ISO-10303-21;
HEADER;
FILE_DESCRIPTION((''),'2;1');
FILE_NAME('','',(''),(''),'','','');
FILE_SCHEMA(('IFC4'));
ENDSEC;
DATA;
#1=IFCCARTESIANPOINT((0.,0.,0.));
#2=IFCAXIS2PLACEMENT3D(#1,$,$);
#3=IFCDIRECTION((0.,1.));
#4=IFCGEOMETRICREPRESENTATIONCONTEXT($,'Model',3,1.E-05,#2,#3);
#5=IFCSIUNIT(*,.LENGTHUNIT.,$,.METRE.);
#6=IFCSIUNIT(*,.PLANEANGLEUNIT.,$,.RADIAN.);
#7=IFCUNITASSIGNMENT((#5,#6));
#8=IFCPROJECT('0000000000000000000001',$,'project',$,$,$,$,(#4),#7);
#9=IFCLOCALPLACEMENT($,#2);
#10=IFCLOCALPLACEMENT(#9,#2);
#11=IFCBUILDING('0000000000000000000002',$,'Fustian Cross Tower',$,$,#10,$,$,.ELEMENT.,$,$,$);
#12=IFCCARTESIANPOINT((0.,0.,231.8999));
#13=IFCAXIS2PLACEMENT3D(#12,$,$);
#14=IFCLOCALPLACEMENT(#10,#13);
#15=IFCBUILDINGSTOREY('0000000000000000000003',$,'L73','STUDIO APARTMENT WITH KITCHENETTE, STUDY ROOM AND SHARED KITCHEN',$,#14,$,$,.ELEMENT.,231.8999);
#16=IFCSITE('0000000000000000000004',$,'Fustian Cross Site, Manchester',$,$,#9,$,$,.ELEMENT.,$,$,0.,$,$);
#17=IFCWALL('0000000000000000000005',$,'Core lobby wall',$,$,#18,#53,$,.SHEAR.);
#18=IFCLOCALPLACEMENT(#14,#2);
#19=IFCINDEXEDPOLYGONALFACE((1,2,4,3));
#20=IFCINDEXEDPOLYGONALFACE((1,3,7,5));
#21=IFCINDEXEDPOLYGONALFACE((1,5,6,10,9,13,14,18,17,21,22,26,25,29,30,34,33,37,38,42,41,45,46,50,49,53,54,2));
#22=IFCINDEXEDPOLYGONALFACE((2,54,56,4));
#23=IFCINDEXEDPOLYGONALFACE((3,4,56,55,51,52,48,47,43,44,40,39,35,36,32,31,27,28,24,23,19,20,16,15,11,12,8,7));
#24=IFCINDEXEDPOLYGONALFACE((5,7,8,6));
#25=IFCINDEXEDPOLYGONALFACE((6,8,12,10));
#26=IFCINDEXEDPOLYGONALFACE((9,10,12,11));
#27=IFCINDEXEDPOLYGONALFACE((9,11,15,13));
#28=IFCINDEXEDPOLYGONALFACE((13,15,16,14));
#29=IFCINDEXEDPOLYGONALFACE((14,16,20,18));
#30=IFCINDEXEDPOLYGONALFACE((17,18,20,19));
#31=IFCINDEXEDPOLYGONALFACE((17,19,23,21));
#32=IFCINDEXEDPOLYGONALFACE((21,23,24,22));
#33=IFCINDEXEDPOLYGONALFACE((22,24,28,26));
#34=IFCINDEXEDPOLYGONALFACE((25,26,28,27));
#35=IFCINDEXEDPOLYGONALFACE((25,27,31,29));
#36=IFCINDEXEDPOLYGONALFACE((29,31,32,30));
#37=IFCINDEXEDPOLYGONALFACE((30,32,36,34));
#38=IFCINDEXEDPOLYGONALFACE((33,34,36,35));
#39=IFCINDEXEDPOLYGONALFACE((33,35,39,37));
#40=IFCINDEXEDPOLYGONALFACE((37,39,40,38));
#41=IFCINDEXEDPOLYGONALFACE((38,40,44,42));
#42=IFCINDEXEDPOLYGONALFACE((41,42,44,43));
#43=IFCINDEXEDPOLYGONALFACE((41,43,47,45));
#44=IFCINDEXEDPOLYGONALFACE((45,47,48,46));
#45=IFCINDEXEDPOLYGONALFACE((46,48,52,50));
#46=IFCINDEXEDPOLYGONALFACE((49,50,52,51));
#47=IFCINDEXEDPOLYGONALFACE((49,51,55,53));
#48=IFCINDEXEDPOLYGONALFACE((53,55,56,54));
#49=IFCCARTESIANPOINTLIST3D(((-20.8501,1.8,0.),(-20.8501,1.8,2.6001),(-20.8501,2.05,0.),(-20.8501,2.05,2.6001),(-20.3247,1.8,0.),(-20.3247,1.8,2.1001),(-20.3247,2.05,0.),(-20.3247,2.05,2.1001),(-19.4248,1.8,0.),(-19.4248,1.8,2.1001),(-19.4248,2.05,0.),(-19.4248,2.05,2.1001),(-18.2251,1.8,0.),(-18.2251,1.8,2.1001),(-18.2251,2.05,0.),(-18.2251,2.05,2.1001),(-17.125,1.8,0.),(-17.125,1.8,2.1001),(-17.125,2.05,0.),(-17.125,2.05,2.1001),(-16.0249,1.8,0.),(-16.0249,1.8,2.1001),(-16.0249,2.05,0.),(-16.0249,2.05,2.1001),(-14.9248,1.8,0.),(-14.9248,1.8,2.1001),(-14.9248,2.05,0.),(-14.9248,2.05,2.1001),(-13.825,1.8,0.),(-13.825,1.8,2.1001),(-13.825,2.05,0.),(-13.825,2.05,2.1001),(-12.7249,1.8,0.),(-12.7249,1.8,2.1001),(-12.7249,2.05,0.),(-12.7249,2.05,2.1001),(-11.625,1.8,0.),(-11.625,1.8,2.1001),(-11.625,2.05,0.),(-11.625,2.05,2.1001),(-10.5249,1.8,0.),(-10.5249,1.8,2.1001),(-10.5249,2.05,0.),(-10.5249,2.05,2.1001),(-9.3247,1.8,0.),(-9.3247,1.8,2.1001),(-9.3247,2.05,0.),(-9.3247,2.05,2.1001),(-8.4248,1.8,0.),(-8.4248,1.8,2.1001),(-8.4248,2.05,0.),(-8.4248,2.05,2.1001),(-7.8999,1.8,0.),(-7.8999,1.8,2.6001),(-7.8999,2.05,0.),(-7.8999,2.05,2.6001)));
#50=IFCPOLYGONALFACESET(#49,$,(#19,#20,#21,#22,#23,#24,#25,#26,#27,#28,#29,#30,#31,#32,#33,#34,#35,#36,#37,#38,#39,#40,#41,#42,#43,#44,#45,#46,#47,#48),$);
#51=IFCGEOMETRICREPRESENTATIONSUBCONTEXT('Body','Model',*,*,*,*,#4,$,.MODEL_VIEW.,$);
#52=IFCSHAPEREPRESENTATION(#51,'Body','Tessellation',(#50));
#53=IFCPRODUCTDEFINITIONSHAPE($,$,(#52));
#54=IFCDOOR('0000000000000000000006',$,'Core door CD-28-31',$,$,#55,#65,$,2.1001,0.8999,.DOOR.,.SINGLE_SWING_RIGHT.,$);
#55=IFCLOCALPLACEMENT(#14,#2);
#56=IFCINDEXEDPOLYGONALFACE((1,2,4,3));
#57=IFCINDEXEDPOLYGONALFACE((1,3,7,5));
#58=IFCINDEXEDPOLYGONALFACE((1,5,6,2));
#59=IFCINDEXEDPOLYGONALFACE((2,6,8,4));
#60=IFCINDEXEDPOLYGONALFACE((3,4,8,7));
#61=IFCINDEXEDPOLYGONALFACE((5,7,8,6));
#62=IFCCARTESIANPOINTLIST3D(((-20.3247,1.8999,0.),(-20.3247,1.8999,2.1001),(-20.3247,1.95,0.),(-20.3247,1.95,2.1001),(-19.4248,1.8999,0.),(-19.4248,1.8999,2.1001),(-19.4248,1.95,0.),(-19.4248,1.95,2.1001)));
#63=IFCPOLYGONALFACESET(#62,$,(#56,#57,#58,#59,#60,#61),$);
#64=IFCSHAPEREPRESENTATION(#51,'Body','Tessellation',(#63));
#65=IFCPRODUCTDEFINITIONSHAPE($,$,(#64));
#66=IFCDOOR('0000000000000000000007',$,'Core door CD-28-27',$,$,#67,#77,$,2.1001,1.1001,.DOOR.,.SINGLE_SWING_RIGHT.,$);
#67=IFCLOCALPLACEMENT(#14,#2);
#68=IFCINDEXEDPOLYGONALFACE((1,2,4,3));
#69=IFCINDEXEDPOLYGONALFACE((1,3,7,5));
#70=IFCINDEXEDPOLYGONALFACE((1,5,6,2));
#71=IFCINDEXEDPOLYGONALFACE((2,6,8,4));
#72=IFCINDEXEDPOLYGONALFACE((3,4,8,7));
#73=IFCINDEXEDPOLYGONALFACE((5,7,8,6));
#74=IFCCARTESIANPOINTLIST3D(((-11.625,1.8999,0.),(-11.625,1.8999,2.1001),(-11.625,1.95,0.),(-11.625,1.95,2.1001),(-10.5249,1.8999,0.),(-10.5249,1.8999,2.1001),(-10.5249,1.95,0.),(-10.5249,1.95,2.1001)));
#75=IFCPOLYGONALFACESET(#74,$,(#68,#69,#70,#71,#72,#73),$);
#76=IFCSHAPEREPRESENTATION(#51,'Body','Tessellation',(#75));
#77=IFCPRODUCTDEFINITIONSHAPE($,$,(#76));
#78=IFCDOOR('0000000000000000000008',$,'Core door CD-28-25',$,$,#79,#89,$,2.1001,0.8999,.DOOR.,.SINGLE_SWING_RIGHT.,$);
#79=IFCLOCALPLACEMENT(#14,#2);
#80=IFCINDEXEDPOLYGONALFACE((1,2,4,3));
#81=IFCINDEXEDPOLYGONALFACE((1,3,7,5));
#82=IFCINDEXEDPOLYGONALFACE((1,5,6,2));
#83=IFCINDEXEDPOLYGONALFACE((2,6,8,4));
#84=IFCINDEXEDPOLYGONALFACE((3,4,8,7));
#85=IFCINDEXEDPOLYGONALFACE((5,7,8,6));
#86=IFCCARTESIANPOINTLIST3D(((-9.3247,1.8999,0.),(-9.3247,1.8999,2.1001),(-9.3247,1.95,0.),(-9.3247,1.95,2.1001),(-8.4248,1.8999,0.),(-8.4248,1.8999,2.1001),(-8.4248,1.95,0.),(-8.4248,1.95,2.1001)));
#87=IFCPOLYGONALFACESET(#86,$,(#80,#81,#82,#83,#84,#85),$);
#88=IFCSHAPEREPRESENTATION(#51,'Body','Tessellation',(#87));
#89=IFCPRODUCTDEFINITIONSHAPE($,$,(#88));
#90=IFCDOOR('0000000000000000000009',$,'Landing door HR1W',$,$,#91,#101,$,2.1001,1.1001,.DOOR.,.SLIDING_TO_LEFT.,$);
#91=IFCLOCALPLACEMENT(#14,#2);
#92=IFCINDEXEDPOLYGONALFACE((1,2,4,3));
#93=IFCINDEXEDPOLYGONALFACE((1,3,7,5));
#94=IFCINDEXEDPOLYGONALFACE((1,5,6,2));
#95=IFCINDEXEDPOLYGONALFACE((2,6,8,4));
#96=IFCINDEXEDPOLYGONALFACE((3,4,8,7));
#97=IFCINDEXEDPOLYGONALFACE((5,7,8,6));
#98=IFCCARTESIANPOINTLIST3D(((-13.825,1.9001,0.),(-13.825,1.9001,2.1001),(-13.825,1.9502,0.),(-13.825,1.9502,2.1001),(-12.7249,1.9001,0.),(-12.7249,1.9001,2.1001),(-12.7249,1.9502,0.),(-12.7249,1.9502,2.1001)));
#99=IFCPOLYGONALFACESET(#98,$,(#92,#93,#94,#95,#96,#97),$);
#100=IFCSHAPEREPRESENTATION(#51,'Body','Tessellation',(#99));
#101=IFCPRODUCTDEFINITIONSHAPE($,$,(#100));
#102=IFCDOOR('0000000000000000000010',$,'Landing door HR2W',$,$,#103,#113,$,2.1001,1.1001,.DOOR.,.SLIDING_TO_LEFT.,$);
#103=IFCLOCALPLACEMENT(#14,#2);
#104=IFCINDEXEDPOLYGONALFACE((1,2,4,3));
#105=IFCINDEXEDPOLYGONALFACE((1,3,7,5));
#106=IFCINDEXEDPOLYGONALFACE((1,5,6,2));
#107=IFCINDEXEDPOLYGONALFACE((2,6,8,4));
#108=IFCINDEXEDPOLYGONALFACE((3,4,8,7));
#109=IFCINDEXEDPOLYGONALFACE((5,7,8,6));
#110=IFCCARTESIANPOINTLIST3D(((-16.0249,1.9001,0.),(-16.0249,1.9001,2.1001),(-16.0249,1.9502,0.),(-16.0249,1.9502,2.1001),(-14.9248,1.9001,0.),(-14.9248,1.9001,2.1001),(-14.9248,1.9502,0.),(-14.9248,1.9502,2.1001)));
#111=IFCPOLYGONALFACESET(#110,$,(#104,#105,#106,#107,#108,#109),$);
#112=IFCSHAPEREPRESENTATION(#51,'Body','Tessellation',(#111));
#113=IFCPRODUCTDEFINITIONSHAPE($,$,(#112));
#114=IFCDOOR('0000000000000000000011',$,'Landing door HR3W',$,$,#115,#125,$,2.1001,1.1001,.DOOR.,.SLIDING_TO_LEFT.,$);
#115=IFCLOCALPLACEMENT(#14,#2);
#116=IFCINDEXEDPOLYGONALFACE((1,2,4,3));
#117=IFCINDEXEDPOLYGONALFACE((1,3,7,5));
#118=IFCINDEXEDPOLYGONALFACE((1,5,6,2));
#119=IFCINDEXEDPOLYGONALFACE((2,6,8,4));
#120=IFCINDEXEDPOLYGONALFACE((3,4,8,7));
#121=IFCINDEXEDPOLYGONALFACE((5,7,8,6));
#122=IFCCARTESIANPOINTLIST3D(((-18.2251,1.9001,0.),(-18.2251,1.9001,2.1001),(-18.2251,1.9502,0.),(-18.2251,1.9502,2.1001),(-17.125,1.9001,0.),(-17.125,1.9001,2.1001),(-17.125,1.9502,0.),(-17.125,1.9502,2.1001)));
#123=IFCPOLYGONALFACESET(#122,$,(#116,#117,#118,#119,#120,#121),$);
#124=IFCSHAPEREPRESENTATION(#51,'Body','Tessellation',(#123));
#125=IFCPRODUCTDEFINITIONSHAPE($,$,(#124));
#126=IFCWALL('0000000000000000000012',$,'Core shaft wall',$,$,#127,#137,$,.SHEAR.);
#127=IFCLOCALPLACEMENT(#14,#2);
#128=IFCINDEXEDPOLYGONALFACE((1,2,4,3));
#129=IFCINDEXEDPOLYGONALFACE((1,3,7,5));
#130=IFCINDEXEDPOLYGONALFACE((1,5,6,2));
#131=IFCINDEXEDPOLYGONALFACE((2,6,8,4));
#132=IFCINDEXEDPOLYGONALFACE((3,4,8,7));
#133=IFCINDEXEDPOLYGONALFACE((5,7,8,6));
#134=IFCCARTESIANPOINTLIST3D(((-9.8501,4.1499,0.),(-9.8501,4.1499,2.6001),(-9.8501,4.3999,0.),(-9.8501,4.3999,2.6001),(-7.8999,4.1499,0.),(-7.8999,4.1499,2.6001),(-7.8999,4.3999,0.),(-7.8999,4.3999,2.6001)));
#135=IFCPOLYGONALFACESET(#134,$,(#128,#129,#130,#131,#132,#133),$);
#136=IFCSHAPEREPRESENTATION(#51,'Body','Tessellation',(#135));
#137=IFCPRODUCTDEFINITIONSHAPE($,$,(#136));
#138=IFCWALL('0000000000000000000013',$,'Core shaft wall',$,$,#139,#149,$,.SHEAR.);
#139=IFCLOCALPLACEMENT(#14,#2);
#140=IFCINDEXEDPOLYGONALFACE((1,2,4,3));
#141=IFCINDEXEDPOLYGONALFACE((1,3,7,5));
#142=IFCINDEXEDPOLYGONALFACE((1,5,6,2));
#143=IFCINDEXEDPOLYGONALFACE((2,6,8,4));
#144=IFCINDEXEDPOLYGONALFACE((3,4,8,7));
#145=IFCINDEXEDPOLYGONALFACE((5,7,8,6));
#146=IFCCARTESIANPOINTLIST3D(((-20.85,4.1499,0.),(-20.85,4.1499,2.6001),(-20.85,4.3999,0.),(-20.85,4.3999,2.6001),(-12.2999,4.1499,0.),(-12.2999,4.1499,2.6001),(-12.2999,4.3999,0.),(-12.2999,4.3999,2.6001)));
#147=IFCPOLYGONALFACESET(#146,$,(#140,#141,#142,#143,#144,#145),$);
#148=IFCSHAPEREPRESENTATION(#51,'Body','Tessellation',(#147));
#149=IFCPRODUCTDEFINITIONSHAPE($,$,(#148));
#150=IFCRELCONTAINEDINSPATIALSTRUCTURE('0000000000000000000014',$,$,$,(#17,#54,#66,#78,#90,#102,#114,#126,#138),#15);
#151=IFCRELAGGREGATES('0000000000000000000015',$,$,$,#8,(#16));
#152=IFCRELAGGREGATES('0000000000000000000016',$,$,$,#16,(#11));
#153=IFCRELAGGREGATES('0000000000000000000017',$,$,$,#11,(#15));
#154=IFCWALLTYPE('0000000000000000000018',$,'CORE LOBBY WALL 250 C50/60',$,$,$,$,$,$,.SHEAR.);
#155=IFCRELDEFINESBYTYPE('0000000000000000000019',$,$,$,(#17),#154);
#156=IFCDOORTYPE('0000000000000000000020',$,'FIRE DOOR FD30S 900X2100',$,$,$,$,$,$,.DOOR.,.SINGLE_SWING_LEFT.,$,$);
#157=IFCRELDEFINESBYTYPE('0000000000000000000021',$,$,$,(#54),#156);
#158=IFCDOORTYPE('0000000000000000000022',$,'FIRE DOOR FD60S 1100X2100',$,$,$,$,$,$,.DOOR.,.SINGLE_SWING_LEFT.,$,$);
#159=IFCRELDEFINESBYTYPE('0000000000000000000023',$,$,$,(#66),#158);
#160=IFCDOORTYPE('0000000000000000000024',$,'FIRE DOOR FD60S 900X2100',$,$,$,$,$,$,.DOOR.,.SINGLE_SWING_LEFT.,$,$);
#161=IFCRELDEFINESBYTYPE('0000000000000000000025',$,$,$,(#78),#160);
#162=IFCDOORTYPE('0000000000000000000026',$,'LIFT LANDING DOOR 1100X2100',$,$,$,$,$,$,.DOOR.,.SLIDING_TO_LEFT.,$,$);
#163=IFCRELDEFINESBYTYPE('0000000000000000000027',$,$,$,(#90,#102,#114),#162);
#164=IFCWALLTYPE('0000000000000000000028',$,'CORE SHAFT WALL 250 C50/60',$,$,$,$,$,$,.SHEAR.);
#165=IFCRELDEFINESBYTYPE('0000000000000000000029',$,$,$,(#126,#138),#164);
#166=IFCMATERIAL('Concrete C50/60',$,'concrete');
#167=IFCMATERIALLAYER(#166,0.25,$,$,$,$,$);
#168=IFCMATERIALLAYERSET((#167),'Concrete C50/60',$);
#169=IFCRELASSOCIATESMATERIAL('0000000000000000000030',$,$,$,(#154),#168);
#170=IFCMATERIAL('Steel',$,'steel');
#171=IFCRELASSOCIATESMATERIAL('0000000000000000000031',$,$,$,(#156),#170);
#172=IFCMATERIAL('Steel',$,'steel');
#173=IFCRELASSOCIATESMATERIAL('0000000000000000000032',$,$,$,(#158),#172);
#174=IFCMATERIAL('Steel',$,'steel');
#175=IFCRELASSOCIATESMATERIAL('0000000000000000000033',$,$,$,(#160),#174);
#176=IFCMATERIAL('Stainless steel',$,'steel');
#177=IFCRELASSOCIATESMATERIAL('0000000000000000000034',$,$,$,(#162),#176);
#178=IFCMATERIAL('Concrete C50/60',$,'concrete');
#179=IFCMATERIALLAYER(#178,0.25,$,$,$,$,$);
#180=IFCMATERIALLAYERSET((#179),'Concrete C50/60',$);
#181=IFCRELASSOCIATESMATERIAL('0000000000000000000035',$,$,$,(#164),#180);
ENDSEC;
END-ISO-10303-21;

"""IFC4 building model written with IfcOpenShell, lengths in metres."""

from ifc_helpers import new_model, si_unit, direction, frame, frame_2d, origin, place, context, subcontext, project, spatial, rectangle, extrude, material, layer, layer_set, type_object, element, fill, save


model = new_model("IFC4")

# Units and contexts
model_context = context("Model", 3, precision=1e-05, world=origin(), true_north=direction((0.0, 1.0)))
body_context = subcontext(model_context, "Body", "Model", "MODEL_VIEW")
ifc_project = project(units=[si_unit("LENGTHUNIT", "METRE"), si_unit("PLANEANGLEUNIT", "RADIAN")], contexts=[model_context])

# Site, building, storey
site_placement = place(None, origin())
site = spatial("IfcSite", under=ifc_project, at=site_placement, Name="Fustian Cross Site, Manchester", CompositionType="ELEMENT", RefElevation=0.0)
building_placement = place(site_placement, origin())
building = spatial("IfcBuilding", under=site, at=building_placement, Name="Fustian Cross Tower", CompositionType="ELEMENT")
storey_placement = place(building_placement, frame((0.0, 0.0, 231.8999)))
storey = spatial("IfcBuildingStorey", under=building, at=storey_placement, Name="L73", Description="STUDIO APARTMENT WITH KITCHENETTE, STUDY ROOM AND SHARED KITCHEN", CompositionType="ELEMENT", Elevation=231.8999)

# Wall, openings, doors
ifc_material_1 = material(Name="Concrete C50/60", Category="concrete")
ifc_layer_1 = layer(ifc_material_1, 0.25)
ifc_layer_set_1 = layer_set([ifc_layer_1], Name="Concrete C50/60")
wall_type_1 = type_object("IfcWallType", Name="CORE LOBBY WALL 250 C50/60", PredefinedType="SHEAR", material=ifc_layer_set_1)
wall_1_placement = place(storey_placement, frame((-7.8999, 1.925, 0.0), z_axis=(0.0, 0.0, 1.0), x_axis=(-1.0, 0.0, 0.0)))
wall_1 = element("IfcWall", 1, at=wall_1_placement, inside=storey, type_object=wall_type_1, Name="Core lobby wall", PredefinedType="SHEAR", context=body_context, shape_type="SweptSolid", body=[
    extrude(rectangle(XDim=12.9502, YDim=0.25, at=frame_2d((6.4751, 0.0))), origin(), (0.0, 0.0, 1.0), 2.6001),
])
opening_1_placement = place(wall_1_placement, frame((4.825, 0.0, 0.0)))
opening_1 = element("IfcOpeningElement", 2, at=opening_1_placement, cuts=wall_1, PredefinedType="OPENING", context=body_context, shape_type="SweptSolid", body=[
    extrude(rectangle(XDim=1.1001, YDim=2.1001, at=frame_2d((0.55, 1.05))), frame((0.0, 0.135, 0.0), z_axis=(0.0, -1.0, 0.0), x_axis=(1.0, 0.0, 0.0)), (0.0, 0.0, 1.0), 0.27),
])
opening_2_placement = place(wall_1_placement, frame((7.0249, 0.0, 0.0)))
opening_2 = element("IfcOpeningElement", 3, at=opening_2_placement, cuts=wall_1, PredefinedType="OPENING", context=body_context, shape_type="SweptSolid", body=[
    extrude(rectangle(XDim=1.1001, YDim=2.1001, at=frame_2d((0.55, 1.05))), frame((0.0, 0.135, 0.0), z_axis=(0.0, -1.0, 0.0), x_axis=(1.0, 0.0, 0.0)), (0.0, 0.0, 1.0), 0.27),
])
opening_3_placement = place(wall_1_placement, frame((9.2251, 0.0, 0.0)))
opening_3 = element("IfcOpeningElement", 4, at=opening_3_placement, cuts=wall_1, PredefinedType="OPENING", context=body_context, shape_type="SweptSolid", body=[
    extrude(rectangle(XDim=1.1001, YDim=2.1001, at=frame_2d((0.55, 1.05))), frame((0.0, 0.135, 0.0), z_axis=(0.0, -1.0, 0.0), x_axis=(1.0, 0.0, 0.0)), (0.0, 0.0, 1.0), 0.27),
])
opening_4_placement = place(wall_1_placement, frame((0.5249, 0.0, 0.0)))
opening_4 = element("IfcOpeningElement", 5, at=opening_4_placement, cuts=wall_1, PredefinedType="OPENING", context=body_context, shape_type="SweptSolid", body=[
    extrude(rectangle(XDim=0.8999, YDim=2.1001, at=frame_2d((0.45, 1.05))), frame((0.0, 0.135, 0.0), z_axis=(0.0, -1.0, 0.0), x_axis=(1.0, 0.0, 0.0)), (0.0, 0.0, 1.0), 0.27),
])
opening_5_placement = place(wall_1_placement, frame((2.625, 0.0, 0.0)))
opening_5 = element("IfcOpeningElement", 6, at=opening_5_placement, cuts=wall_1, PredefinedType="OPENING", context=body_context, shape_type="SweptSolid", body=[
    extrude(rectangle(XDim=1.1001, YDim=2.1001, at=frame_2d((0.55, 1.05))), frame((0.0, 0.135, 0.0), z_axis=(0.0, -1.0, 0.0), x_axis=(1.0, 0.0, 0.0)), (0.0, 0.0, 1.0), 0.27),
])
opening_6_placement = place(wall_1_placement, frame((11.5249, 0.0, 0.0)))
opening_6 = element("IfcOpeningElement", 7, at=opening_6_placement, cuts=wall_1, PredefinedType="OPENING", context=body_context, shape_type="SweptSolid", body=[
    extrude(rectangle(XDim=0.8999, YDim=2.1001, at=frame_2d((0.45, 1.05))), frame((0.0, 0.135, 0.0), z_axis=(0.0, -1.0, 0.0), x_axis=(1.0, 0.0, 0.0)), (0.0, 0.0, 1.0), 0.27),
])
ifc_material_2 = material(Name="Steel", Category="steel")
door_type_1 = type_object("IfcDoorType", Name="FIRE DOOR FD30S 900X2100", OperationType="SINGLE_SWING_LEFT", PredefinedType="DOOR", material=ifc_material_2)
door_1_placement = place(opening_6_placement, frame((0.8999, 0.0, 0.0), z_axis=(0.0, 0.0, 1.0), x_axis=(-1.0, 0.0, 0.0)))
door_1 = element("IfcDoor", 8, at=door_1_placement, inside=storey, type_object=door_type_1, Name="Core door CD-28-31", OperationType="SINGLE_SWING_RIGHT", OverallHeight=2.1001, OverallWidth=0.8999, PredefinedType="DOOR", context=body_context, shape_type="SweptSolid", body=[
    extrude(rectangle(XDim=0.8999, YDim=2.1001, at=frame_2d((0.45, 1.05))), frame((0.0, 0.0249, 0.0), z_axis=(0.0, -1.0, 0.0), x_axis=(1.0, 0.0, 0.0)), (0.0, 0.0, 1.0), 0.05),
])
fill(opening_6, door_1)
ifc_material_3 = material(Name="Steel", Category="steel")
door_type_2 = type_object("IfcDoorType", Name="FIRE DOOR FD60S 1100X2100", OperationType="SINGLE_SWING_LEFT", PredefinedType="DOOR", material=ifc_material_3)
door_2_placement = place(opening_5_placement, frame((1.1001, 0.0, 0.0), z_axis=(0.0, 0.0, 1.0), x_axis=(-1.0, 0.0, 0.0)))
door_2 = element("IfcDoor", 9, at=door_2_placement, inside=storey, type_object=door_type_2, Name="Core door CD-28-27", OperationType="SINGLE_SWING_RIGHT", OverallHeight=2.1001, OverallWidth=1.1001, PredefinedType="DOOR", context=body_context, shape_type="SweptSolid", body=[
    extrude(rectangle(XDim=1.1001, YDim=2.1001, at=frame_2d((0.55, 1.05))), frame((0.0, 0.0249, 0.0), z_axis=(0.0, -1.0, 0.0), x_axis=(1.0, 0.0, 0.0)), (0.0, 0.0, 1.0), 0.05),
])
fill(opening_5, door_2)
ifc_material_4 = material(Name="Steel", Category="steel")
door_type_3 = type_object("IfcDoorType", Name="FIRE DOOR FD60S 900X2100", OperationType="SINGLE_SWING_LEFT", PredefinedType="DOOR", material=ifc_material_4)
door_3_placement = place(opening_4_placement, frame((0.8999, 0.0, 0.0), z_axis=(0.0, 0.0, 1.0), x_axis=(-1.0, 0.0, 0.0)))
door_3 = element("IfcDoor", 10, at=door_3_placement, inside=storey, type_object=door_type_3, Name="Core door CD-28-25", OperationType="SINGLE_SWING_RIGHT", OverallHeight=2.1001, OverallWidth=0.8999, PredefinedType="DOOR", context=body_context, shape_type="SweptSolid", body=[
    extrude(rectangle(XDim=0.8999, YDim=2.1001, at=frame_2d((0.45, 1.05))), frame((0.0, 0.0249, 0.0), z_axis=(0.0, -1.0, 0.0), x_axis=(1.0, 0.0, 0.0)), (0.0, 0.0, 1.0), 0.05),
])
fill(opening_4, door_3)
ifc_material_5 = material(Name="Stainless steel", Category="steel")
door_type_4 = type_object("IfcDoorType", Name="LIFT LANDING DOOR 1100X2100", OperationType="SLIDING_TO_LEFT", PredefinedType="DOOR", material=ifc_material_5)
door_4_placement = place(opening_1_placement, origin())
door_4 = element("IfcDoor", 11, at=door_4_placement, inside=storey, type_object=door_type_4, Name="Landing door HR1W", OperationType="SLIDING_TO_LEFT", OverallHeight=2.1001, OverallWidth=1.1001, PredefinedType="DOOR", context=body_context, shape_type="SweptSolid", body=[
    extrude(rectangle(XDim=1.1001, YDim=2.1001, at=frame_2d((0.55, 1.05))), frame((0.0, 0.0249, 0.0), z_axis=(0.0, -1.0, 0.0), x_axis=(1.0, 0.0, 0.0)), (0.0, 0.0, 1.0), 0.05),
])
fill(opening_1, door_4)
door_5_placement = place(opening_2_placement, origin())
door_5 = element("IfcDoor", 12, at=door_5_placement, inside=storey, type_object=door_type_4, Name="Landing door HR2W", OperationType="SLIDING_TO_LEFT", OverallHeight=2.1001, OverallWidth=1.1001, PredefinedType="DOOR", context=body_context, shape_type="SweptSolid", body=[
    extrude(rectangle(XDim=1.1001, YDim=2.1001, at=frame_2d((0.55, 1.05))), frame((0.0, 0.0249, 0.0), z_axis=(0.0, -1.0, 0.0), x_axis=(1.0, 0.0, 0.0)), (0.0, 0.0, 1.0), 0.05),
])
fill(opening_2, door_5)
door_6_placement = place(opening_3_placement, origin())
door_6 = element("IfcDoor", 13, at=door_6_placement, inside=storey, type_object=door_type_4, Name="Landing door HR3W", OperationType="SLIDING_TO_LEFT", OverallHeight=2.1001, OverallWidth=1.1001, PredefinedType="DOOR", context=body_context, shape_type="SweptSolid", body=[
    extrude(rectangle(XDim=1.1001, YDim=2.1001, at=frame_2d((0.55, 1.05))), frame((0.0, 0.0249, 0.0), z_axis=(0.0, -1.0, 0.0), x_axis=(1.0, 0.0, 0.0)), (0.0, 0.0, 1.0), 0.05),
])
fill(opening_3, door_6)

# Walls
ifc_material_6 = material(Name="Concrete C50/60", Category="concrete")
ifc_layer_2 = layer(ifc_material_6, 0.25)
ifc_layer_set_2 = layer_set([ifc_layer_2], Name="Concrete C50/60")
wall_type_2 = type_object("IfcWallType", Name="CORE SHAFT WALL 250 C50/60", PredefinedType="SHEAR", material=ifc_layer_set_2)
wall_2_placement = place(storey_placement, frame((-7.8999, 4.2749, 0.0), z_axis=(0.0, 0.0, 1.0), x_axis=(-1.0, 0.0, 0.0)))
element("IfcWall", 14, at=wall_2_placement, inside=storey, type_object=wall_type_2, Name="Core shaft wall", PredefinedType="SHEAR", context=body_context, shape_type="SweptSolid", body=[
    extrude(rectangle(XDim=1.9502, YDim=0.25, at=frame_2d((0.9751, 0.0))), origin(), (0.0, 0.0, 1.0), 2.6001),
])
wall_3_placement = place(storey_placement, frame((-12.3, 4.2749, 0.0), z_axis=(0.0, 0.0, 1.0), x_axis=(-1.0, 0.0, 0.0)))
element("IfcWall", 15, at=wall_3_placement, inside=storey, type_object=wall_type_2, Name="Core shaft wall", PredefinedType="SHEAR", context=body_context, shape_type="SweptSolid", body=[
    extrude(rectangle(XDim=8.55, YDim=0.25, at=frame_2d((4.2749, 0.0))), origin(), (0.0, 0.0, 1.0), 2.6001),
])

save(model, "model.ifc")
